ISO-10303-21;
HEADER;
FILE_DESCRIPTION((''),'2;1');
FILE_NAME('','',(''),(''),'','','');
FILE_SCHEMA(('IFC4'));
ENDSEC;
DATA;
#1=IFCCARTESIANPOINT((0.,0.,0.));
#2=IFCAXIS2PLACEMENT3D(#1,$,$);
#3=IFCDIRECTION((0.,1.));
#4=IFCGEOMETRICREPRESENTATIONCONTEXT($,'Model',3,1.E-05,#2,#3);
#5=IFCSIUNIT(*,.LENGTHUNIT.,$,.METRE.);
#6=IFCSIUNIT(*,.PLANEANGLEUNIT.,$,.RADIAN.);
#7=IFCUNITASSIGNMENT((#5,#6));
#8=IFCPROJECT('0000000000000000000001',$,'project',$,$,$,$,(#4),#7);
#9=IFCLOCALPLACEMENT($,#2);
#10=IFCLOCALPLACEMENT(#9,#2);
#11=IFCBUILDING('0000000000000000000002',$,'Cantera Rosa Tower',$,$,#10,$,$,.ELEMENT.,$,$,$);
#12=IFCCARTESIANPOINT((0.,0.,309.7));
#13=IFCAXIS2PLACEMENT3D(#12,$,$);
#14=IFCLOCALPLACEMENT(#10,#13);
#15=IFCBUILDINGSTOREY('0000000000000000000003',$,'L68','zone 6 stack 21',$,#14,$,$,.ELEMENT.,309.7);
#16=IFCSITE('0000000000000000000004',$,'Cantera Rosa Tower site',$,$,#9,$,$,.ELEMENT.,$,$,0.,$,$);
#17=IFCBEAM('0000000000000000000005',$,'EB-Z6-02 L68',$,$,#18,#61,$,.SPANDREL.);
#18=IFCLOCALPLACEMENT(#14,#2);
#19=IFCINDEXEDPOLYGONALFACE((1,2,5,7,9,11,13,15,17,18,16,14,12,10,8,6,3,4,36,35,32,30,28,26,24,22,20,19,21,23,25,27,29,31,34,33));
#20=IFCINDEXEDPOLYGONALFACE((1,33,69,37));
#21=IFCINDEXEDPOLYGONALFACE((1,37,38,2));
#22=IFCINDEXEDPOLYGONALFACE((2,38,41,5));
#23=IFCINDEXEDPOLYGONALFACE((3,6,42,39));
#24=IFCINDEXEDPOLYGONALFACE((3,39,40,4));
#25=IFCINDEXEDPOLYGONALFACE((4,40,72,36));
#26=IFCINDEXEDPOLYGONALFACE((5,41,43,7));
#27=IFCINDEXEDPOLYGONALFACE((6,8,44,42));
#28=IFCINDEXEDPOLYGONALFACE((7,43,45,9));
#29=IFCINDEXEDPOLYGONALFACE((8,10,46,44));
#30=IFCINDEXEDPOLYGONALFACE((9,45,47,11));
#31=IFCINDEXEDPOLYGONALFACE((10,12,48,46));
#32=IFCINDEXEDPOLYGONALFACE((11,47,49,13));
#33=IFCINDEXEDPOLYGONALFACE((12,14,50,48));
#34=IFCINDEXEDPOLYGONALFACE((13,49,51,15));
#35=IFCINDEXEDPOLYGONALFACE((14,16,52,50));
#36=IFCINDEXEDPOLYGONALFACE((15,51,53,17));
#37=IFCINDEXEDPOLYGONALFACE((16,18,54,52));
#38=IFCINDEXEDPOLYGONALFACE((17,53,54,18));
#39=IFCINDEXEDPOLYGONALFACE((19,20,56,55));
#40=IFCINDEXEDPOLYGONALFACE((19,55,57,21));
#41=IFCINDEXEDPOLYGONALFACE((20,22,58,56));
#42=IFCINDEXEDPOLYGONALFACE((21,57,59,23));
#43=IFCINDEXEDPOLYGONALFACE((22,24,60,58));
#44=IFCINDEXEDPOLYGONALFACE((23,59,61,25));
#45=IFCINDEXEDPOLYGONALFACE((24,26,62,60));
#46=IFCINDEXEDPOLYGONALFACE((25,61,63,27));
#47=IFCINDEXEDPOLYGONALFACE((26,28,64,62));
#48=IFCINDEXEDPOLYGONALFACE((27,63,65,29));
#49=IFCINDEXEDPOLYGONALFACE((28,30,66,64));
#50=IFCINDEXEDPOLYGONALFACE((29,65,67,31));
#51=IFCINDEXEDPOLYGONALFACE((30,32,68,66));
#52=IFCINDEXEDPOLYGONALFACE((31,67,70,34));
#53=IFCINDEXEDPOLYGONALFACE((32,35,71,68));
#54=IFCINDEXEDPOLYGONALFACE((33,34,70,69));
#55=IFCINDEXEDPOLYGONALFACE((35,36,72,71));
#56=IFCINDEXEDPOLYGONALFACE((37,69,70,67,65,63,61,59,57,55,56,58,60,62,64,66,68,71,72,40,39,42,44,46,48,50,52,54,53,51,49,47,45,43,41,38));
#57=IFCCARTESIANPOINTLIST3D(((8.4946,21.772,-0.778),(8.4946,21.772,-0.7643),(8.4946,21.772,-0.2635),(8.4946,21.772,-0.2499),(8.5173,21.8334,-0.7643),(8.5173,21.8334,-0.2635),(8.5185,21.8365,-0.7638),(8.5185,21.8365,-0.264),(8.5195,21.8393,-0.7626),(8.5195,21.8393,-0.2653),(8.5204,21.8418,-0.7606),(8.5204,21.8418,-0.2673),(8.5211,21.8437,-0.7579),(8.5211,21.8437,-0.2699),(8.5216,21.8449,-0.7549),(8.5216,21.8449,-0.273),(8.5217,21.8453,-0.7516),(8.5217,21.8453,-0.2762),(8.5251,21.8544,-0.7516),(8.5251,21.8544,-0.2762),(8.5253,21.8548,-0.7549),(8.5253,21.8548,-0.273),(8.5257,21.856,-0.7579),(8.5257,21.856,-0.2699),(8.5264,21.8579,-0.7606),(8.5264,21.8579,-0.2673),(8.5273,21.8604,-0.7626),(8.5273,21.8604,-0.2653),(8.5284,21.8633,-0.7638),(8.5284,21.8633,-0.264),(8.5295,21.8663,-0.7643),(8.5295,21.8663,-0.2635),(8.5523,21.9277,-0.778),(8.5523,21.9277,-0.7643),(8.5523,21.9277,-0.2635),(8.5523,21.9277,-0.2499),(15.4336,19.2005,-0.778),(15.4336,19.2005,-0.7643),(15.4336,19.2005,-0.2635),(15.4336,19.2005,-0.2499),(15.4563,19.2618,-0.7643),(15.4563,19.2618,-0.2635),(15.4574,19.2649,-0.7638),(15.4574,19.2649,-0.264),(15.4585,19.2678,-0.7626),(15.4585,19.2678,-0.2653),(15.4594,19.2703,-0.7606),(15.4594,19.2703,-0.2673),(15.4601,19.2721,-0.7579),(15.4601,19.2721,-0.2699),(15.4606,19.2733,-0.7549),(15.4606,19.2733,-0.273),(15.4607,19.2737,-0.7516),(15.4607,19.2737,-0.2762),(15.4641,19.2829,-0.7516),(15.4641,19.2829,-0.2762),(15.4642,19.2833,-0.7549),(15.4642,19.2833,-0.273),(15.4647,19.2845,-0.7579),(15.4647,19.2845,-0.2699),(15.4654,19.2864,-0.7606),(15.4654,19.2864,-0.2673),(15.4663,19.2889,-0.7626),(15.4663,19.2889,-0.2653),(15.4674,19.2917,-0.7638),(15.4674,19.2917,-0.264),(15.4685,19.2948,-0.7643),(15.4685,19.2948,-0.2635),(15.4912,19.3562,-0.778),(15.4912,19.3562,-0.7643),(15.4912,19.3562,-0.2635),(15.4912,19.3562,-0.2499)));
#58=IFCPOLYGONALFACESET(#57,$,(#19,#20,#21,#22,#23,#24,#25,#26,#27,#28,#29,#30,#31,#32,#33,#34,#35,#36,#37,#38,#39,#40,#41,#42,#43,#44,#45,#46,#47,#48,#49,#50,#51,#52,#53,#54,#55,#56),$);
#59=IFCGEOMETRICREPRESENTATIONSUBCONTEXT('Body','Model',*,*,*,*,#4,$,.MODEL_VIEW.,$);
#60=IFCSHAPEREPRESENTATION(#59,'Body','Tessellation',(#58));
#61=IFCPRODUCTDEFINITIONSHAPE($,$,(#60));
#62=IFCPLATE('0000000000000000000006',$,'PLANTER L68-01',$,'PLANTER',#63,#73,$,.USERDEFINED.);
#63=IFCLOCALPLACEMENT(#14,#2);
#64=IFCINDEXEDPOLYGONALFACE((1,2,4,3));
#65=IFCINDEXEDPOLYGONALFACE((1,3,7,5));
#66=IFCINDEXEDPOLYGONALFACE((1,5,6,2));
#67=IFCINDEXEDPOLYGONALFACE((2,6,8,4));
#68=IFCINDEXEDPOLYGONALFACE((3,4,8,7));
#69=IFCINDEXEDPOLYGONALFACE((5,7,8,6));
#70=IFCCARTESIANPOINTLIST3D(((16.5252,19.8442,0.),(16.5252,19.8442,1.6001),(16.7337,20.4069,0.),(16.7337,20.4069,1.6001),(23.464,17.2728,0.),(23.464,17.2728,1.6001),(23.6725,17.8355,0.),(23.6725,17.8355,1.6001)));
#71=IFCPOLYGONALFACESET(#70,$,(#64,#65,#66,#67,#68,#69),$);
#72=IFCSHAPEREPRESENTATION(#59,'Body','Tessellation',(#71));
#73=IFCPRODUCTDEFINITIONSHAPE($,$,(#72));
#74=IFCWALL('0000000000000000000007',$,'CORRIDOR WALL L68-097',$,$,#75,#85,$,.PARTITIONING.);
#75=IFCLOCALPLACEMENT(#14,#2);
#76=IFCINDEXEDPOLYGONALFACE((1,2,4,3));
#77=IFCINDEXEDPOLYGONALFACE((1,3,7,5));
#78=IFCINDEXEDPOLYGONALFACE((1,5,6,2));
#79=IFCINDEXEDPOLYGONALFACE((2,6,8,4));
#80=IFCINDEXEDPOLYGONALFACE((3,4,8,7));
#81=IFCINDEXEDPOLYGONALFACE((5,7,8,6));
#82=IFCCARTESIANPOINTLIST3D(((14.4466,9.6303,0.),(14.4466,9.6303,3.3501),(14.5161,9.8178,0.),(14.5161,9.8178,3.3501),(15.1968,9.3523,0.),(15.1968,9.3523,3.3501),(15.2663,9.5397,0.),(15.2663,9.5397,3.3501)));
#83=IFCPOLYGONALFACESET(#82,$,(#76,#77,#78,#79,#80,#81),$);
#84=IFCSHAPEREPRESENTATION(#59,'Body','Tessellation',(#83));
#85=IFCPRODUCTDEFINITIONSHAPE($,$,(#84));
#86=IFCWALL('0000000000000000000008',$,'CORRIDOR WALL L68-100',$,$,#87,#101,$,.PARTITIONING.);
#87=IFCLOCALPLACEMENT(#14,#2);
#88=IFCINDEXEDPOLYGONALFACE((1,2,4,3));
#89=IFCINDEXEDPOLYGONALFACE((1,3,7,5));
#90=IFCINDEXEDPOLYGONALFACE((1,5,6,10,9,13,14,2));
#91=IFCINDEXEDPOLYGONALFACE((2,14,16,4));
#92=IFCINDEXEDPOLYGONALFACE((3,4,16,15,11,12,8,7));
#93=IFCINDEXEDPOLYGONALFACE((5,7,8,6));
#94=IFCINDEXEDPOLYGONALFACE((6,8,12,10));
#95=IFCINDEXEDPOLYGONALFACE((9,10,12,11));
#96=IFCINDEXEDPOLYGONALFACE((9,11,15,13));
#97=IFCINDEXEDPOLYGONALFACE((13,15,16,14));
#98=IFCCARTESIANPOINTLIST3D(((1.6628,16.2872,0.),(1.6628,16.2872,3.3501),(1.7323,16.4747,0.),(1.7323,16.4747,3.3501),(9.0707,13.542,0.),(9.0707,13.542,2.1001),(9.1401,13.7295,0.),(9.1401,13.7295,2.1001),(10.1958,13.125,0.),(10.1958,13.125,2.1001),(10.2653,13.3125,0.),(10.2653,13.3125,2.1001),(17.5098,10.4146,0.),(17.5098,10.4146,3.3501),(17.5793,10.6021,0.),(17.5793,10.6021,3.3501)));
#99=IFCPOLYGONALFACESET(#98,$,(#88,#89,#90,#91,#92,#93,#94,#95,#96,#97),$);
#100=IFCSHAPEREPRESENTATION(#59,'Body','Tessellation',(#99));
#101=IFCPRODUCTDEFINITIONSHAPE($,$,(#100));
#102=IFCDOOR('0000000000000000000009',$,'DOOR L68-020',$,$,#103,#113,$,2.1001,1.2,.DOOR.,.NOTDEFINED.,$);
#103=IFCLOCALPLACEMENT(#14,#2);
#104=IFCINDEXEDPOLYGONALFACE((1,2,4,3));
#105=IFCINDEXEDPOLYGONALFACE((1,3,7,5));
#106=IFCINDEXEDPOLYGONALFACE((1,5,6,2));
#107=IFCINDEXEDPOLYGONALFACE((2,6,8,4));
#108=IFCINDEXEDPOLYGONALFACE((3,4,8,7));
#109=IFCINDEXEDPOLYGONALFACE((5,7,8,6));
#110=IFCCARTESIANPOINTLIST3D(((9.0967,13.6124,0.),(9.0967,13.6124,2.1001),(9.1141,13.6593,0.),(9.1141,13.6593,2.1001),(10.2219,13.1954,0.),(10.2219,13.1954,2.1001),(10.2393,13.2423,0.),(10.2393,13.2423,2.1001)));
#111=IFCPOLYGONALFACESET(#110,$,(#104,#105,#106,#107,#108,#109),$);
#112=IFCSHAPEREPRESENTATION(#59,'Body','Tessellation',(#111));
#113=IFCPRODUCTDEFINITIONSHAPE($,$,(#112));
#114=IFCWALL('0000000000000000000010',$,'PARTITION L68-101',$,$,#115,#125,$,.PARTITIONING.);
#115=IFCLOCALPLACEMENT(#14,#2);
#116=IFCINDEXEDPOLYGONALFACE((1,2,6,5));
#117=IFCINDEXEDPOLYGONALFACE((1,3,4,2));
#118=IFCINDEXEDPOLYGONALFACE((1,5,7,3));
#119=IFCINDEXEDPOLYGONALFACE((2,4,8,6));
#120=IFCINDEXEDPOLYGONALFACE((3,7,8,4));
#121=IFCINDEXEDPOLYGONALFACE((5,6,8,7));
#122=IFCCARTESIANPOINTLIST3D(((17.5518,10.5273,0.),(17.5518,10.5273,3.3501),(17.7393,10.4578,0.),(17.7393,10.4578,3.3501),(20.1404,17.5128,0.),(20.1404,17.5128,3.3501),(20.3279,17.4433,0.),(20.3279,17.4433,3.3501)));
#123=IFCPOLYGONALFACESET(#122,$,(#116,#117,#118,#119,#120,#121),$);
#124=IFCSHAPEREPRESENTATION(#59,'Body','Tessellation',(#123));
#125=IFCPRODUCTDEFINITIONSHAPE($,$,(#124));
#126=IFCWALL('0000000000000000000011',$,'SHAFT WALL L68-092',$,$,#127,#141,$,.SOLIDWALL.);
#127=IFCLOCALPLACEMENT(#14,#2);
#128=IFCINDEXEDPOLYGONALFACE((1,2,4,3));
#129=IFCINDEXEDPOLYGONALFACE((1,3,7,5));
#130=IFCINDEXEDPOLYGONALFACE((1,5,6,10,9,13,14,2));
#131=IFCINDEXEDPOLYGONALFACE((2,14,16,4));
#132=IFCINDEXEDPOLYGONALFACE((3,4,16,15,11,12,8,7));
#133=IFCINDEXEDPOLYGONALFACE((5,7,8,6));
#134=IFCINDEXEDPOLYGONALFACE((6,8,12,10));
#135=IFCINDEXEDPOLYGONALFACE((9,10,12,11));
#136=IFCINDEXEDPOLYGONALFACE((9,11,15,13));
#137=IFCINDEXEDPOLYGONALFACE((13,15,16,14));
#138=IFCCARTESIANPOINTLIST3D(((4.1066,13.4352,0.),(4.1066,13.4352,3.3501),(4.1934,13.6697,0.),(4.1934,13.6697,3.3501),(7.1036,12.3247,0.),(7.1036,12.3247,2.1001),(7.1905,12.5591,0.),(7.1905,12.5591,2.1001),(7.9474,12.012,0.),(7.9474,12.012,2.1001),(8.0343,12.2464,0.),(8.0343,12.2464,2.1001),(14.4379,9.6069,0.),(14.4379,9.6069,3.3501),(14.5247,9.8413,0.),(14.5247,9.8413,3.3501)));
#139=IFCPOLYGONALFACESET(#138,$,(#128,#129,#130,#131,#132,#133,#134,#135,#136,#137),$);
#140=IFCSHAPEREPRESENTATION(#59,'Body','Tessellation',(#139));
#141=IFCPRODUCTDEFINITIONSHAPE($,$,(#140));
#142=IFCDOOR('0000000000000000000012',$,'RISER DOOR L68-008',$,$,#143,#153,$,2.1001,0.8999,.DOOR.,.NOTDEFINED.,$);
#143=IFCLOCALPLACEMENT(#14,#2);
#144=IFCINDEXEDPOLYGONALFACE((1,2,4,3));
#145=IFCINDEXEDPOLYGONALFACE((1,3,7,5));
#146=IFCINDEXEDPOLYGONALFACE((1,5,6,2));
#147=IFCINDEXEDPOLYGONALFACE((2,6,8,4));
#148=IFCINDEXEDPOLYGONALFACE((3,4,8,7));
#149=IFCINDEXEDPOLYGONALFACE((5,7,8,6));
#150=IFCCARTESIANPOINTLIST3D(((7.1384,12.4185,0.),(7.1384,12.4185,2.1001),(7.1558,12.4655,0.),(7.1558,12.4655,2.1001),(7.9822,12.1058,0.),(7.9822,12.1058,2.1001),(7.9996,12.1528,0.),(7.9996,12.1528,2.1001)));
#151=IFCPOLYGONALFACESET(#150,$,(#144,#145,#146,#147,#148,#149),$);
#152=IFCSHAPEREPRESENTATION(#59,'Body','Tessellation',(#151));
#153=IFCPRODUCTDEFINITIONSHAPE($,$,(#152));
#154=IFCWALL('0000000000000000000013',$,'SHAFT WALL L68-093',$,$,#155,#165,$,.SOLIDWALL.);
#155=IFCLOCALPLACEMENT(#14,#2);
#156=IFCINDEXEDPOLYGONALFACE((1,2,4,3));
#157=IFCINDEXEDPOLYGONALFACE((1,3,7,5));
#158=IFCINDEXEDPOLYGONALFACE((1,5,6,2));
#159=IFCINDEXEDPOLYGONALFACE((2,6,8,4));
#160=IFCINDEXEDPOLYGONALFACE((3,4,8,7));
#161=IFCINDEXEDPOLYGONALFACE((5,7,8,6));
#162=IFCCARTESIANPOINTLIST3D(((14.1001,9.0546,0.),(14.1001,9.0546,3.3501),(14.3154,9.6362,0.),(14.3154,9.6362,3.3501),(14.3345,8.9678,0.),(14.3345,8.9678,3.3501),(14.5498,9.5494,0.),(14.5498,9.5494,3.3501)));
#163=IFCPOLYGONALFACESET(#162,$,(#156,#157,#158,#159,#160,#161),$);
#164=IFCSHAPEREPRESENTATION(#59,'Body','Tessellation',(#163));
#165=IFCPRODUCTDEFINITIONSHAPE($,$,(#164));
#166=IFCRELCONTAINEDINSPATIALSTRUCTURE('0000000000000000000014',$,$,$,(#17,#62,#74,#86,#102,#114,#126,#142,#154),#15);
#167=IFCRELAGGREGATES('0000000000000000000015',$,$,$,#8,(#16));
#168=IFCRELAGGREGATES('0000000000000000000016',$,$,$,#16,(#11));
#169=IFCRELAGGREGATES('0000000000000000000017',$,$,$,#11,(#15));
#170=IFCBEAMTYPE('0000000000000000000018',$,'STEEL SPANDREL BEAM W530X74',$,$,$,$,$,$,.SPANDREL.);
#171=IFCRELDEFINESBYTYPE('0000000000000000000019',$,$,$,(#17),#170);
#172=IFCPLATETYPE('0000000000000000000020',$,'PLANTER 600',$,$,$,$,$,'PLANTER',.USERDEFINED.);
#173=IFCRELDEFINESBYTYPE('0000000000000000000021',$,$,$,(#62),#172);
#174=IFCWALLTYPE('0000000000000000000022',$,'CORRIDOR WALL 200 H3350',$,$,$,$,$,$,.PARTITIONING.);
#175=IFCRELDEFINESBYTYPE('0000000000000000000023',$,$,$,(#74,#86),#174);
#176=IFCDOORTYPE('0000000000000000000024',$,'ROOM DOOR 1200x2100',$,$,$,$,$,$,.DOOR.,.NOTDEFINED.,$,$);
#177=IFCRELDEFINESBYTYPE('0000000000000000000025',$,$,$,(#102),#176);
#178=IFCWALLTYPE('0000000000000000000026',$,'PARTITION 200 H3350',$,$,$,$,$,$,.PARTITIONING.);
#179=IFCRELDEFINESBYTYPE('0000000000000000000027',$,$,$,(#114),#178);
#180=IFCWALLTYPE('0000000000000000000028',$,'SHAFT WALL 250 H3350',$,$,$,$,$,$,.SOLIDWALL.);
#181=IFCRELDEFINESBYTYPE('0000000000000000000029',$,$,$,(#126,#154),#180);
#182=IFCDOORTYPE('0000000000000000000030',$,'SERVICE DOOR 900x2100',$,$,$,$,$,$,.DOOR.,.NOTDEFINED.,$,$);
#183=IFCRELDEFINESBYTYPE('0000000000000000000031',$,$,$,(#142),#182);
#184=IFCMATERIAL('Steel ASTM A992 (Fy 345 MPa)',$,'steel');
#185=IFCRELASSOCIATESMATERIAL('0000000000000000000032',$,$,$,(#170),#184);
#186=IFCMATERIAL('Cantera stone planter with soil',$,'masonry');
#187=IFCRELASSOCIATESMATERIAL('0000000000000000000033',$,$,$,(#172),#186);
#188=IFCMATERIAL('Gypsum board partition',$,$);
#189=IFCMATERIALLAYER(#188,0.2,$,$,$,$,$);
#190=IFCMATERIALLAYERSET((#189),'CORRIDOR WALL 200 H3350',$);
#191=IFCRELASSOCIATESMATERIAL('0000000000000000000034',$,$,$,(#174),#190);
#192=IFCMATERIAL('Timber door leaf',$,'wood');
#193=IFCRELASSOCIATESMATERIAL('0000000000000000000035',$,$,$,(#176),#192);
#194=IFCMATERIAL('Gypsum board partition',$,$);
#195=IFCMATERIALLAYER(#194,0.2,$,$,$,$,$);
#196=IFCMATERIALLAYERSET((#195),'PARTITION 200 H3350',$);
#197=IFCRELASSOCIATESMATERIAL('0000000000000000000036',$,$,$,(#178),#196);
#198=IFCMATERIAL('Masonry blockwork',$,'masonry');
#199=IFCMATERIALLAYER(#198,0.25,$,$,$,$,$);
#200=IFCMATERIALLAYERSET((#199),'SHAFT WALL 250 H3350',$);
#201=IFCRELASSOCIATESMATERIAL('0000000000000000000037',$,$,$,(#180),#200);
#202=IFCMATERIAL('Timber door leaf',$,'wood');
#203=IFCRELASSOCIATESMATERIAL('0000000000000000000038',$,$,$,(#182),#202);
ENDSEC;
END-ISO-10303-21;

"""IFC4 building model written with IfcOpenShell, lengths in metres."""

from ifc_helpers import new_model, si_unit, direction, frame, frame_2d, origin, origin_2d, place, context, subcontext, project, spatial, rectangle, i_section, extrude, material, layer, layer_set, material_profile, profile_set, type_object, element, fill, save


model = new_model("IFC4")

# Units and contexts
model_context = context("Model", 3, precision=1e-05, world=origin(), true_north=direction((0.0, 1.0)))
body_context = subcontext(model_context, "Body", "Model", "MODEL_VIEW")
ifc_project = project(units=[si_unit("LENGTHUNIT", "METRE"), si_unit("PLANEANGLEUNIT", "RADIAN")], contexts=[model_context])

# Site, building, storey
site_placement = place(None, origin())
site = spatial("IfcSite", under=ifc_project, at=site_placement, Name="Cantera Rosa Tower site", CompositionType="ELEMENT", RefElevation=0.0)
building_placement = place(site_placement, origin())
building = spatial("IfcBuilding", under=site, at=building_placement, Name="Cantera Rosa Tower", CompositionType="ELEMENT")
storey_placement = place(building_placement, frame((0.0, 0.0, 309.7)))
storey = spatial("IfcBuildingStorey", under=building, at=storey_placement, Name="L68", Description="zone 6 stack 21", CompositionType="ELEMENT", Elevation=309.7)

# Beam
ifc_material_1 = material(Name="Steel ASTM A992 (Fy 345 MPa)", Category="steel")
ifc_material_profile_1 = material_profile(ifc_material_1, i_section(OverallWidth=0.166, OverallDepth=0.5281, WebThickness=0.0098, FlangeThickness=0.0137, FilletRadius=0.0127, at=origin_2d()), Name="W530X74")
ifc_profile_set_1 = profile_set([ifc_material_profile_1], Name="Steel ASTM A992 (Fy 345 MPa)")
beam_type_1 = type_object("IfcBeamType", Name="STEEL SPANDREL BEAM W530X74", PredefinedType="SPANDREL", material=ifc_profile_set_1)
beam_1_placement = place(storey_placement, frame((15.4624, 19.2783, -0.5139), z_axis=(-0.937681, 0.347498, 0.0), x_axis=(-0.347498, -0.937681, 0.0)))
element("IfcBeam", 1, at=beam_1_placement, inside=storey, type_object=beam_type_1, Name="EB-Z6-02 L68", PredefinedType="SPANDREL", context=body_context, shape_type="SweptSolid", body=[
    extrude(i_section(OverallWidth=0.166, OverallDepth=0.5281, WebThickness=0.0098, FlangeThickness=0.0137, FilletRadius=0.0127, at=origin_2d()), origin(), (0.0, 0.0, 1.0), 7.4001),
])

# Plate
ifc_material_2 = material(Name="Cantera stone planter with soil", Category="masonry")
plate_type = type_object("IfcPlateType", Name="PLANTER 600", ElementType="PLANTER", PredefinedType="USERDEFINED", material=ifc_material_2)
plate_placement = place(storey_placement, frame((20.0989, 18.8398, 0.0), z_axis=(0.0, 0.0, 1.0), x_axis=(-0.937687, 0.347481, 0.0)))
element("IfcPlate", 2, at=plate_placement, inside=storey, type_object=plate_type, Name="PLANTER L68-01", ObjectType="PLANTER", PredefinedType="USERDEFINED", context=body_context, shape_type="SweptSolid", body=[
    extrude(rectangle(XDim=7.3999, YDim=0.6001, at=origin_2d()), origin(), (0.0, 0.0, 1.0), 1.6001),
])

# Wall
ifc_material_3 = material(Name="Gypsum board partition")
ifc_layer_1 = layer(ifc_material_3, 0.2)
ifc_layer_set_1 = layer_set([ifc_layer_1], Name="CORRIDOR WALL 200 H3350")
wall_type_1 = type_object("IfcWallType", Name="CORRIDOR WALL 200 H3350", PredefinedType="PARTITIONING", material=ifc_layer_set_1)
wall_1_placement = place(storey_placement, frame((15.2314, 9.446, 0.0), z_axis=(0.0, 0.0, 1.0), x_axis=(-0.937664, 0.347543, 0.0)))
element("IfcWall", 3, at=wall_1_placement, inside=storey, type_object=wall_type_1, Name="CORRIDOR WALL L68-097", PredefinedType="PARTITIONING", context=body_context, shape_type="SweptSolid", body=[
    extrude(rectangle(XDim=0.8, YDim=0.2, at=frame_2d((0.3999, 0.0))), origin(), (0.0, 0.0, 1.0), 3.3501),
])

# Wall, opening, door
wall_2_placement = place(storey_placement, frame((17.5447, 10.5083, 0.0), z_axis=(0.0, 0.0, 1.0), x_axis=(-0.937685, 0.347487, 0.0)))
wall_2 = element("IfcWall", 4, at=wall_2_placement, inside=storey, type_object=wall_type_1, Name="CORRIDOR WALL L68-100", PredefinedType="PARTITIONING", context=body_context, shape_type="SweptSolid", body=[
    extrude(rectangle(XDim=16.9001, YDim=0.2, at=frame_2d((8.4502, 0.0))), origin(), (0.0, 0.0, 1.0), 3.3501),
])
opening_1_placement = place(wall_2_placement, frame((7.8, 0.0, 0.0)))
opening_1 = element("IfcOpeningElement", 5, at=opening_1_placement, cuts=wall_2, PredefinedType="OPENING", context=body_context, shape_type="SweptSolid", body=[
    extrude(rectangle(XDim=1.2, YDim=2.1001, at=frame_2d((0.6001, 1.05))), frame((0.0, 0.1099, 0.0), z_axis=(0.0, -1.0, 0.0), x_axis=(1.0, 0.0, 0.0)), (0.0, 0.0, 1.0), 0.22),
])
ifc_material_4 = material(Name="Timber door leaf", Category="wood")
door_type_1 = type_object("IfcDoorType", Name="ROOM DOOR 1200x2100", OperationType="NOTDEFINED", PredefinedType="DOOR", material=ifc_material_4)
door_1_placement = place(opening_1_placement, origin())
door_1 = element("IfcDoor", 6, at=door_1_placement, inside=storey, type_object=door_type_1, Name="DOOR L68-020", OperationType="NOTDEFINED", OverallHeight=2.1001, OverallWidth=1.2, PredefinedType="DOOR", context=body_context, shape_type="SweptSolid", body=[
    extrude(rectangle(XDim=1.2, YDim=2.1001, at=frame_2d((0.6001, 1.05))), frame((0.0, 0.0249, 0.0), z_axis=(0.0, -1.0, 0.0), x_axis=(1.0, 0.0, 0.0)), (0.0, 0.0, 1.0), 0.05),
])
fill(opening_1, door_1)

# Wall
ifc_material_5 = material(Name="Gypsum board partition")
ifc_layer_2 = layer(ifc_material_5, 0.2)
ifc_layer_set_2 = layer_set([ifc_layer_2], Name="PARTITION 200 H3350")
wall_type_2 = type_object("IfcWallType", Name="PARTITION 200 H3350", PredefinedType="PARTITIONING", material=ifc_layer_set_2)
wall_3_placement = place(storey_placement, frame((20.2341, 17.478, 0.0), z_axis=(0.0, 0.0, 1.0), x_axis=(-0.347476, -0.937689, 0.0)))
element("IfcWall", 7, at=wall_3_placement, inside=storey, type_object=wall_type_2, Name="PARTITION L68-101", PredefinedType="PARTITIONING", context=body_context, shape_type="SweptSolid", body=[
    extrude(rectangle(XDim=7.4497, YDim=0.2, at=frame_2d((3.7249, 0.0))), origin(), (0.0, 0.0, 1.0), 3.3501),
])

# Wall, opening, door
ifc_material_6 = material(Name="Masonry blockwork", Category="masonry")
ifc_layer_3 = layer(ifc_material_6, 0.25)
ifc_layer_set_3 = layer_set([ifc_layer_3], Name="SHAFT WALL 250 H3350")
wall_type_3 = type_object("IfcWallType", Name="SHAFT WALL 250 H3350", PredefinedType="SOLIDWALL", material=ifc_layer_set_3)
wall_4_placement = place(storey_placement, frame((14.4812, 9.7241, 0.0), z_axis=(0.0, 0.0, 1.0), x_axis=(-0.937691, 0.347471, 0.0)))
wall_4 = element("IfcWall", 8, at=wall_4_placement, inside=storey, type_object=wall_type_3, Name="SHAFT WALL L68-092", PredefinedType="SOLIDWALL", context=body_context, shape_type="SweptSolid", body=[
    extrude(rectangle(XDim=11.0178, YDim=0.25, at=frame_2d((5.5088, 0.0))), origin(), (0.0, 0.0, 1.0), 3.3501),
])
opening_2_placement = place(wall_4_placement, frame((6.9216, 0.0, 0.0)))
opening_2 = element("IfcOpeningElement", 9, at=opening_2_placement, cuts=wall_4, PredefinedType="OPENING", context=body_context, shape_type="SweptSolid", body=[
    extrude(rectangle(XDim=0.8999, YDim=2.1001, at=frame_2d((0.45, 1.05))), frame((0.0, 0.135, 0.0), z_axis=(0.0, -1.0, 0.0), x_axis=(1.0, 0.0, 0.0)), (0.0, 0.0, 1.0), 0.27),
])
ifc_material_7 = material(Name="Timber door leaf", Category="wood")
door_type_2 = type_object("IfcDoorType", Name="SERVICE DOOR 900x2100", OperationType="NOTDEFINED", PredefinedType="DOOR", material=ifc_material_7)
door_2_placement = place(opening_2_placement, origin())
door_2 = element("IfcDoor", 10, at=door_2_placement, inside=storey, type_object=door_type_2, Name="RISER DOOR L68-008", OperationType="NOTDEFINED", OverallHeight=2.1001, OverallWidth=0.8999, PredefinedType="DOOR", context=body_context, shape_type="SweptSolid", body=[
    extrude(rectangle(XDim=0.8999, YDim=2.1001, at=frame_2d((0.45, 1.05))), frame((0.0, 0.0249, 0.0), z_axis=(0.0, -1.0, 0.0), x_axis=(1.0, 0.0, 0.0)), (0.0, 0.0, 1.0), 0.05),
])
fill(opening_2, door_2)

# Wall
wall_5_placement = place(storey_placement, frame((14.4326, 9.5928, 0.0), z_axis=(0.0, 0.0, 1.0), x_axis=(-0.347237, -0.937777, 0.0)))
element("IfcWall", 11, at=wall_5_placement, inside=storey, type_object=wall_type_3, Name="SHAFT WALL L68-093", PredefinedType="SOLIDWALL", context=body_context, shape_type="SweptSolid", body=[
    extrude(rectangle(XDim=0.6201, YDim=0.25, at=frame_2d((0.3101, 0.0))), origin(), (0.0, 0.0, 1.0), 3.3501),
])

save(model, "model.ifc")
